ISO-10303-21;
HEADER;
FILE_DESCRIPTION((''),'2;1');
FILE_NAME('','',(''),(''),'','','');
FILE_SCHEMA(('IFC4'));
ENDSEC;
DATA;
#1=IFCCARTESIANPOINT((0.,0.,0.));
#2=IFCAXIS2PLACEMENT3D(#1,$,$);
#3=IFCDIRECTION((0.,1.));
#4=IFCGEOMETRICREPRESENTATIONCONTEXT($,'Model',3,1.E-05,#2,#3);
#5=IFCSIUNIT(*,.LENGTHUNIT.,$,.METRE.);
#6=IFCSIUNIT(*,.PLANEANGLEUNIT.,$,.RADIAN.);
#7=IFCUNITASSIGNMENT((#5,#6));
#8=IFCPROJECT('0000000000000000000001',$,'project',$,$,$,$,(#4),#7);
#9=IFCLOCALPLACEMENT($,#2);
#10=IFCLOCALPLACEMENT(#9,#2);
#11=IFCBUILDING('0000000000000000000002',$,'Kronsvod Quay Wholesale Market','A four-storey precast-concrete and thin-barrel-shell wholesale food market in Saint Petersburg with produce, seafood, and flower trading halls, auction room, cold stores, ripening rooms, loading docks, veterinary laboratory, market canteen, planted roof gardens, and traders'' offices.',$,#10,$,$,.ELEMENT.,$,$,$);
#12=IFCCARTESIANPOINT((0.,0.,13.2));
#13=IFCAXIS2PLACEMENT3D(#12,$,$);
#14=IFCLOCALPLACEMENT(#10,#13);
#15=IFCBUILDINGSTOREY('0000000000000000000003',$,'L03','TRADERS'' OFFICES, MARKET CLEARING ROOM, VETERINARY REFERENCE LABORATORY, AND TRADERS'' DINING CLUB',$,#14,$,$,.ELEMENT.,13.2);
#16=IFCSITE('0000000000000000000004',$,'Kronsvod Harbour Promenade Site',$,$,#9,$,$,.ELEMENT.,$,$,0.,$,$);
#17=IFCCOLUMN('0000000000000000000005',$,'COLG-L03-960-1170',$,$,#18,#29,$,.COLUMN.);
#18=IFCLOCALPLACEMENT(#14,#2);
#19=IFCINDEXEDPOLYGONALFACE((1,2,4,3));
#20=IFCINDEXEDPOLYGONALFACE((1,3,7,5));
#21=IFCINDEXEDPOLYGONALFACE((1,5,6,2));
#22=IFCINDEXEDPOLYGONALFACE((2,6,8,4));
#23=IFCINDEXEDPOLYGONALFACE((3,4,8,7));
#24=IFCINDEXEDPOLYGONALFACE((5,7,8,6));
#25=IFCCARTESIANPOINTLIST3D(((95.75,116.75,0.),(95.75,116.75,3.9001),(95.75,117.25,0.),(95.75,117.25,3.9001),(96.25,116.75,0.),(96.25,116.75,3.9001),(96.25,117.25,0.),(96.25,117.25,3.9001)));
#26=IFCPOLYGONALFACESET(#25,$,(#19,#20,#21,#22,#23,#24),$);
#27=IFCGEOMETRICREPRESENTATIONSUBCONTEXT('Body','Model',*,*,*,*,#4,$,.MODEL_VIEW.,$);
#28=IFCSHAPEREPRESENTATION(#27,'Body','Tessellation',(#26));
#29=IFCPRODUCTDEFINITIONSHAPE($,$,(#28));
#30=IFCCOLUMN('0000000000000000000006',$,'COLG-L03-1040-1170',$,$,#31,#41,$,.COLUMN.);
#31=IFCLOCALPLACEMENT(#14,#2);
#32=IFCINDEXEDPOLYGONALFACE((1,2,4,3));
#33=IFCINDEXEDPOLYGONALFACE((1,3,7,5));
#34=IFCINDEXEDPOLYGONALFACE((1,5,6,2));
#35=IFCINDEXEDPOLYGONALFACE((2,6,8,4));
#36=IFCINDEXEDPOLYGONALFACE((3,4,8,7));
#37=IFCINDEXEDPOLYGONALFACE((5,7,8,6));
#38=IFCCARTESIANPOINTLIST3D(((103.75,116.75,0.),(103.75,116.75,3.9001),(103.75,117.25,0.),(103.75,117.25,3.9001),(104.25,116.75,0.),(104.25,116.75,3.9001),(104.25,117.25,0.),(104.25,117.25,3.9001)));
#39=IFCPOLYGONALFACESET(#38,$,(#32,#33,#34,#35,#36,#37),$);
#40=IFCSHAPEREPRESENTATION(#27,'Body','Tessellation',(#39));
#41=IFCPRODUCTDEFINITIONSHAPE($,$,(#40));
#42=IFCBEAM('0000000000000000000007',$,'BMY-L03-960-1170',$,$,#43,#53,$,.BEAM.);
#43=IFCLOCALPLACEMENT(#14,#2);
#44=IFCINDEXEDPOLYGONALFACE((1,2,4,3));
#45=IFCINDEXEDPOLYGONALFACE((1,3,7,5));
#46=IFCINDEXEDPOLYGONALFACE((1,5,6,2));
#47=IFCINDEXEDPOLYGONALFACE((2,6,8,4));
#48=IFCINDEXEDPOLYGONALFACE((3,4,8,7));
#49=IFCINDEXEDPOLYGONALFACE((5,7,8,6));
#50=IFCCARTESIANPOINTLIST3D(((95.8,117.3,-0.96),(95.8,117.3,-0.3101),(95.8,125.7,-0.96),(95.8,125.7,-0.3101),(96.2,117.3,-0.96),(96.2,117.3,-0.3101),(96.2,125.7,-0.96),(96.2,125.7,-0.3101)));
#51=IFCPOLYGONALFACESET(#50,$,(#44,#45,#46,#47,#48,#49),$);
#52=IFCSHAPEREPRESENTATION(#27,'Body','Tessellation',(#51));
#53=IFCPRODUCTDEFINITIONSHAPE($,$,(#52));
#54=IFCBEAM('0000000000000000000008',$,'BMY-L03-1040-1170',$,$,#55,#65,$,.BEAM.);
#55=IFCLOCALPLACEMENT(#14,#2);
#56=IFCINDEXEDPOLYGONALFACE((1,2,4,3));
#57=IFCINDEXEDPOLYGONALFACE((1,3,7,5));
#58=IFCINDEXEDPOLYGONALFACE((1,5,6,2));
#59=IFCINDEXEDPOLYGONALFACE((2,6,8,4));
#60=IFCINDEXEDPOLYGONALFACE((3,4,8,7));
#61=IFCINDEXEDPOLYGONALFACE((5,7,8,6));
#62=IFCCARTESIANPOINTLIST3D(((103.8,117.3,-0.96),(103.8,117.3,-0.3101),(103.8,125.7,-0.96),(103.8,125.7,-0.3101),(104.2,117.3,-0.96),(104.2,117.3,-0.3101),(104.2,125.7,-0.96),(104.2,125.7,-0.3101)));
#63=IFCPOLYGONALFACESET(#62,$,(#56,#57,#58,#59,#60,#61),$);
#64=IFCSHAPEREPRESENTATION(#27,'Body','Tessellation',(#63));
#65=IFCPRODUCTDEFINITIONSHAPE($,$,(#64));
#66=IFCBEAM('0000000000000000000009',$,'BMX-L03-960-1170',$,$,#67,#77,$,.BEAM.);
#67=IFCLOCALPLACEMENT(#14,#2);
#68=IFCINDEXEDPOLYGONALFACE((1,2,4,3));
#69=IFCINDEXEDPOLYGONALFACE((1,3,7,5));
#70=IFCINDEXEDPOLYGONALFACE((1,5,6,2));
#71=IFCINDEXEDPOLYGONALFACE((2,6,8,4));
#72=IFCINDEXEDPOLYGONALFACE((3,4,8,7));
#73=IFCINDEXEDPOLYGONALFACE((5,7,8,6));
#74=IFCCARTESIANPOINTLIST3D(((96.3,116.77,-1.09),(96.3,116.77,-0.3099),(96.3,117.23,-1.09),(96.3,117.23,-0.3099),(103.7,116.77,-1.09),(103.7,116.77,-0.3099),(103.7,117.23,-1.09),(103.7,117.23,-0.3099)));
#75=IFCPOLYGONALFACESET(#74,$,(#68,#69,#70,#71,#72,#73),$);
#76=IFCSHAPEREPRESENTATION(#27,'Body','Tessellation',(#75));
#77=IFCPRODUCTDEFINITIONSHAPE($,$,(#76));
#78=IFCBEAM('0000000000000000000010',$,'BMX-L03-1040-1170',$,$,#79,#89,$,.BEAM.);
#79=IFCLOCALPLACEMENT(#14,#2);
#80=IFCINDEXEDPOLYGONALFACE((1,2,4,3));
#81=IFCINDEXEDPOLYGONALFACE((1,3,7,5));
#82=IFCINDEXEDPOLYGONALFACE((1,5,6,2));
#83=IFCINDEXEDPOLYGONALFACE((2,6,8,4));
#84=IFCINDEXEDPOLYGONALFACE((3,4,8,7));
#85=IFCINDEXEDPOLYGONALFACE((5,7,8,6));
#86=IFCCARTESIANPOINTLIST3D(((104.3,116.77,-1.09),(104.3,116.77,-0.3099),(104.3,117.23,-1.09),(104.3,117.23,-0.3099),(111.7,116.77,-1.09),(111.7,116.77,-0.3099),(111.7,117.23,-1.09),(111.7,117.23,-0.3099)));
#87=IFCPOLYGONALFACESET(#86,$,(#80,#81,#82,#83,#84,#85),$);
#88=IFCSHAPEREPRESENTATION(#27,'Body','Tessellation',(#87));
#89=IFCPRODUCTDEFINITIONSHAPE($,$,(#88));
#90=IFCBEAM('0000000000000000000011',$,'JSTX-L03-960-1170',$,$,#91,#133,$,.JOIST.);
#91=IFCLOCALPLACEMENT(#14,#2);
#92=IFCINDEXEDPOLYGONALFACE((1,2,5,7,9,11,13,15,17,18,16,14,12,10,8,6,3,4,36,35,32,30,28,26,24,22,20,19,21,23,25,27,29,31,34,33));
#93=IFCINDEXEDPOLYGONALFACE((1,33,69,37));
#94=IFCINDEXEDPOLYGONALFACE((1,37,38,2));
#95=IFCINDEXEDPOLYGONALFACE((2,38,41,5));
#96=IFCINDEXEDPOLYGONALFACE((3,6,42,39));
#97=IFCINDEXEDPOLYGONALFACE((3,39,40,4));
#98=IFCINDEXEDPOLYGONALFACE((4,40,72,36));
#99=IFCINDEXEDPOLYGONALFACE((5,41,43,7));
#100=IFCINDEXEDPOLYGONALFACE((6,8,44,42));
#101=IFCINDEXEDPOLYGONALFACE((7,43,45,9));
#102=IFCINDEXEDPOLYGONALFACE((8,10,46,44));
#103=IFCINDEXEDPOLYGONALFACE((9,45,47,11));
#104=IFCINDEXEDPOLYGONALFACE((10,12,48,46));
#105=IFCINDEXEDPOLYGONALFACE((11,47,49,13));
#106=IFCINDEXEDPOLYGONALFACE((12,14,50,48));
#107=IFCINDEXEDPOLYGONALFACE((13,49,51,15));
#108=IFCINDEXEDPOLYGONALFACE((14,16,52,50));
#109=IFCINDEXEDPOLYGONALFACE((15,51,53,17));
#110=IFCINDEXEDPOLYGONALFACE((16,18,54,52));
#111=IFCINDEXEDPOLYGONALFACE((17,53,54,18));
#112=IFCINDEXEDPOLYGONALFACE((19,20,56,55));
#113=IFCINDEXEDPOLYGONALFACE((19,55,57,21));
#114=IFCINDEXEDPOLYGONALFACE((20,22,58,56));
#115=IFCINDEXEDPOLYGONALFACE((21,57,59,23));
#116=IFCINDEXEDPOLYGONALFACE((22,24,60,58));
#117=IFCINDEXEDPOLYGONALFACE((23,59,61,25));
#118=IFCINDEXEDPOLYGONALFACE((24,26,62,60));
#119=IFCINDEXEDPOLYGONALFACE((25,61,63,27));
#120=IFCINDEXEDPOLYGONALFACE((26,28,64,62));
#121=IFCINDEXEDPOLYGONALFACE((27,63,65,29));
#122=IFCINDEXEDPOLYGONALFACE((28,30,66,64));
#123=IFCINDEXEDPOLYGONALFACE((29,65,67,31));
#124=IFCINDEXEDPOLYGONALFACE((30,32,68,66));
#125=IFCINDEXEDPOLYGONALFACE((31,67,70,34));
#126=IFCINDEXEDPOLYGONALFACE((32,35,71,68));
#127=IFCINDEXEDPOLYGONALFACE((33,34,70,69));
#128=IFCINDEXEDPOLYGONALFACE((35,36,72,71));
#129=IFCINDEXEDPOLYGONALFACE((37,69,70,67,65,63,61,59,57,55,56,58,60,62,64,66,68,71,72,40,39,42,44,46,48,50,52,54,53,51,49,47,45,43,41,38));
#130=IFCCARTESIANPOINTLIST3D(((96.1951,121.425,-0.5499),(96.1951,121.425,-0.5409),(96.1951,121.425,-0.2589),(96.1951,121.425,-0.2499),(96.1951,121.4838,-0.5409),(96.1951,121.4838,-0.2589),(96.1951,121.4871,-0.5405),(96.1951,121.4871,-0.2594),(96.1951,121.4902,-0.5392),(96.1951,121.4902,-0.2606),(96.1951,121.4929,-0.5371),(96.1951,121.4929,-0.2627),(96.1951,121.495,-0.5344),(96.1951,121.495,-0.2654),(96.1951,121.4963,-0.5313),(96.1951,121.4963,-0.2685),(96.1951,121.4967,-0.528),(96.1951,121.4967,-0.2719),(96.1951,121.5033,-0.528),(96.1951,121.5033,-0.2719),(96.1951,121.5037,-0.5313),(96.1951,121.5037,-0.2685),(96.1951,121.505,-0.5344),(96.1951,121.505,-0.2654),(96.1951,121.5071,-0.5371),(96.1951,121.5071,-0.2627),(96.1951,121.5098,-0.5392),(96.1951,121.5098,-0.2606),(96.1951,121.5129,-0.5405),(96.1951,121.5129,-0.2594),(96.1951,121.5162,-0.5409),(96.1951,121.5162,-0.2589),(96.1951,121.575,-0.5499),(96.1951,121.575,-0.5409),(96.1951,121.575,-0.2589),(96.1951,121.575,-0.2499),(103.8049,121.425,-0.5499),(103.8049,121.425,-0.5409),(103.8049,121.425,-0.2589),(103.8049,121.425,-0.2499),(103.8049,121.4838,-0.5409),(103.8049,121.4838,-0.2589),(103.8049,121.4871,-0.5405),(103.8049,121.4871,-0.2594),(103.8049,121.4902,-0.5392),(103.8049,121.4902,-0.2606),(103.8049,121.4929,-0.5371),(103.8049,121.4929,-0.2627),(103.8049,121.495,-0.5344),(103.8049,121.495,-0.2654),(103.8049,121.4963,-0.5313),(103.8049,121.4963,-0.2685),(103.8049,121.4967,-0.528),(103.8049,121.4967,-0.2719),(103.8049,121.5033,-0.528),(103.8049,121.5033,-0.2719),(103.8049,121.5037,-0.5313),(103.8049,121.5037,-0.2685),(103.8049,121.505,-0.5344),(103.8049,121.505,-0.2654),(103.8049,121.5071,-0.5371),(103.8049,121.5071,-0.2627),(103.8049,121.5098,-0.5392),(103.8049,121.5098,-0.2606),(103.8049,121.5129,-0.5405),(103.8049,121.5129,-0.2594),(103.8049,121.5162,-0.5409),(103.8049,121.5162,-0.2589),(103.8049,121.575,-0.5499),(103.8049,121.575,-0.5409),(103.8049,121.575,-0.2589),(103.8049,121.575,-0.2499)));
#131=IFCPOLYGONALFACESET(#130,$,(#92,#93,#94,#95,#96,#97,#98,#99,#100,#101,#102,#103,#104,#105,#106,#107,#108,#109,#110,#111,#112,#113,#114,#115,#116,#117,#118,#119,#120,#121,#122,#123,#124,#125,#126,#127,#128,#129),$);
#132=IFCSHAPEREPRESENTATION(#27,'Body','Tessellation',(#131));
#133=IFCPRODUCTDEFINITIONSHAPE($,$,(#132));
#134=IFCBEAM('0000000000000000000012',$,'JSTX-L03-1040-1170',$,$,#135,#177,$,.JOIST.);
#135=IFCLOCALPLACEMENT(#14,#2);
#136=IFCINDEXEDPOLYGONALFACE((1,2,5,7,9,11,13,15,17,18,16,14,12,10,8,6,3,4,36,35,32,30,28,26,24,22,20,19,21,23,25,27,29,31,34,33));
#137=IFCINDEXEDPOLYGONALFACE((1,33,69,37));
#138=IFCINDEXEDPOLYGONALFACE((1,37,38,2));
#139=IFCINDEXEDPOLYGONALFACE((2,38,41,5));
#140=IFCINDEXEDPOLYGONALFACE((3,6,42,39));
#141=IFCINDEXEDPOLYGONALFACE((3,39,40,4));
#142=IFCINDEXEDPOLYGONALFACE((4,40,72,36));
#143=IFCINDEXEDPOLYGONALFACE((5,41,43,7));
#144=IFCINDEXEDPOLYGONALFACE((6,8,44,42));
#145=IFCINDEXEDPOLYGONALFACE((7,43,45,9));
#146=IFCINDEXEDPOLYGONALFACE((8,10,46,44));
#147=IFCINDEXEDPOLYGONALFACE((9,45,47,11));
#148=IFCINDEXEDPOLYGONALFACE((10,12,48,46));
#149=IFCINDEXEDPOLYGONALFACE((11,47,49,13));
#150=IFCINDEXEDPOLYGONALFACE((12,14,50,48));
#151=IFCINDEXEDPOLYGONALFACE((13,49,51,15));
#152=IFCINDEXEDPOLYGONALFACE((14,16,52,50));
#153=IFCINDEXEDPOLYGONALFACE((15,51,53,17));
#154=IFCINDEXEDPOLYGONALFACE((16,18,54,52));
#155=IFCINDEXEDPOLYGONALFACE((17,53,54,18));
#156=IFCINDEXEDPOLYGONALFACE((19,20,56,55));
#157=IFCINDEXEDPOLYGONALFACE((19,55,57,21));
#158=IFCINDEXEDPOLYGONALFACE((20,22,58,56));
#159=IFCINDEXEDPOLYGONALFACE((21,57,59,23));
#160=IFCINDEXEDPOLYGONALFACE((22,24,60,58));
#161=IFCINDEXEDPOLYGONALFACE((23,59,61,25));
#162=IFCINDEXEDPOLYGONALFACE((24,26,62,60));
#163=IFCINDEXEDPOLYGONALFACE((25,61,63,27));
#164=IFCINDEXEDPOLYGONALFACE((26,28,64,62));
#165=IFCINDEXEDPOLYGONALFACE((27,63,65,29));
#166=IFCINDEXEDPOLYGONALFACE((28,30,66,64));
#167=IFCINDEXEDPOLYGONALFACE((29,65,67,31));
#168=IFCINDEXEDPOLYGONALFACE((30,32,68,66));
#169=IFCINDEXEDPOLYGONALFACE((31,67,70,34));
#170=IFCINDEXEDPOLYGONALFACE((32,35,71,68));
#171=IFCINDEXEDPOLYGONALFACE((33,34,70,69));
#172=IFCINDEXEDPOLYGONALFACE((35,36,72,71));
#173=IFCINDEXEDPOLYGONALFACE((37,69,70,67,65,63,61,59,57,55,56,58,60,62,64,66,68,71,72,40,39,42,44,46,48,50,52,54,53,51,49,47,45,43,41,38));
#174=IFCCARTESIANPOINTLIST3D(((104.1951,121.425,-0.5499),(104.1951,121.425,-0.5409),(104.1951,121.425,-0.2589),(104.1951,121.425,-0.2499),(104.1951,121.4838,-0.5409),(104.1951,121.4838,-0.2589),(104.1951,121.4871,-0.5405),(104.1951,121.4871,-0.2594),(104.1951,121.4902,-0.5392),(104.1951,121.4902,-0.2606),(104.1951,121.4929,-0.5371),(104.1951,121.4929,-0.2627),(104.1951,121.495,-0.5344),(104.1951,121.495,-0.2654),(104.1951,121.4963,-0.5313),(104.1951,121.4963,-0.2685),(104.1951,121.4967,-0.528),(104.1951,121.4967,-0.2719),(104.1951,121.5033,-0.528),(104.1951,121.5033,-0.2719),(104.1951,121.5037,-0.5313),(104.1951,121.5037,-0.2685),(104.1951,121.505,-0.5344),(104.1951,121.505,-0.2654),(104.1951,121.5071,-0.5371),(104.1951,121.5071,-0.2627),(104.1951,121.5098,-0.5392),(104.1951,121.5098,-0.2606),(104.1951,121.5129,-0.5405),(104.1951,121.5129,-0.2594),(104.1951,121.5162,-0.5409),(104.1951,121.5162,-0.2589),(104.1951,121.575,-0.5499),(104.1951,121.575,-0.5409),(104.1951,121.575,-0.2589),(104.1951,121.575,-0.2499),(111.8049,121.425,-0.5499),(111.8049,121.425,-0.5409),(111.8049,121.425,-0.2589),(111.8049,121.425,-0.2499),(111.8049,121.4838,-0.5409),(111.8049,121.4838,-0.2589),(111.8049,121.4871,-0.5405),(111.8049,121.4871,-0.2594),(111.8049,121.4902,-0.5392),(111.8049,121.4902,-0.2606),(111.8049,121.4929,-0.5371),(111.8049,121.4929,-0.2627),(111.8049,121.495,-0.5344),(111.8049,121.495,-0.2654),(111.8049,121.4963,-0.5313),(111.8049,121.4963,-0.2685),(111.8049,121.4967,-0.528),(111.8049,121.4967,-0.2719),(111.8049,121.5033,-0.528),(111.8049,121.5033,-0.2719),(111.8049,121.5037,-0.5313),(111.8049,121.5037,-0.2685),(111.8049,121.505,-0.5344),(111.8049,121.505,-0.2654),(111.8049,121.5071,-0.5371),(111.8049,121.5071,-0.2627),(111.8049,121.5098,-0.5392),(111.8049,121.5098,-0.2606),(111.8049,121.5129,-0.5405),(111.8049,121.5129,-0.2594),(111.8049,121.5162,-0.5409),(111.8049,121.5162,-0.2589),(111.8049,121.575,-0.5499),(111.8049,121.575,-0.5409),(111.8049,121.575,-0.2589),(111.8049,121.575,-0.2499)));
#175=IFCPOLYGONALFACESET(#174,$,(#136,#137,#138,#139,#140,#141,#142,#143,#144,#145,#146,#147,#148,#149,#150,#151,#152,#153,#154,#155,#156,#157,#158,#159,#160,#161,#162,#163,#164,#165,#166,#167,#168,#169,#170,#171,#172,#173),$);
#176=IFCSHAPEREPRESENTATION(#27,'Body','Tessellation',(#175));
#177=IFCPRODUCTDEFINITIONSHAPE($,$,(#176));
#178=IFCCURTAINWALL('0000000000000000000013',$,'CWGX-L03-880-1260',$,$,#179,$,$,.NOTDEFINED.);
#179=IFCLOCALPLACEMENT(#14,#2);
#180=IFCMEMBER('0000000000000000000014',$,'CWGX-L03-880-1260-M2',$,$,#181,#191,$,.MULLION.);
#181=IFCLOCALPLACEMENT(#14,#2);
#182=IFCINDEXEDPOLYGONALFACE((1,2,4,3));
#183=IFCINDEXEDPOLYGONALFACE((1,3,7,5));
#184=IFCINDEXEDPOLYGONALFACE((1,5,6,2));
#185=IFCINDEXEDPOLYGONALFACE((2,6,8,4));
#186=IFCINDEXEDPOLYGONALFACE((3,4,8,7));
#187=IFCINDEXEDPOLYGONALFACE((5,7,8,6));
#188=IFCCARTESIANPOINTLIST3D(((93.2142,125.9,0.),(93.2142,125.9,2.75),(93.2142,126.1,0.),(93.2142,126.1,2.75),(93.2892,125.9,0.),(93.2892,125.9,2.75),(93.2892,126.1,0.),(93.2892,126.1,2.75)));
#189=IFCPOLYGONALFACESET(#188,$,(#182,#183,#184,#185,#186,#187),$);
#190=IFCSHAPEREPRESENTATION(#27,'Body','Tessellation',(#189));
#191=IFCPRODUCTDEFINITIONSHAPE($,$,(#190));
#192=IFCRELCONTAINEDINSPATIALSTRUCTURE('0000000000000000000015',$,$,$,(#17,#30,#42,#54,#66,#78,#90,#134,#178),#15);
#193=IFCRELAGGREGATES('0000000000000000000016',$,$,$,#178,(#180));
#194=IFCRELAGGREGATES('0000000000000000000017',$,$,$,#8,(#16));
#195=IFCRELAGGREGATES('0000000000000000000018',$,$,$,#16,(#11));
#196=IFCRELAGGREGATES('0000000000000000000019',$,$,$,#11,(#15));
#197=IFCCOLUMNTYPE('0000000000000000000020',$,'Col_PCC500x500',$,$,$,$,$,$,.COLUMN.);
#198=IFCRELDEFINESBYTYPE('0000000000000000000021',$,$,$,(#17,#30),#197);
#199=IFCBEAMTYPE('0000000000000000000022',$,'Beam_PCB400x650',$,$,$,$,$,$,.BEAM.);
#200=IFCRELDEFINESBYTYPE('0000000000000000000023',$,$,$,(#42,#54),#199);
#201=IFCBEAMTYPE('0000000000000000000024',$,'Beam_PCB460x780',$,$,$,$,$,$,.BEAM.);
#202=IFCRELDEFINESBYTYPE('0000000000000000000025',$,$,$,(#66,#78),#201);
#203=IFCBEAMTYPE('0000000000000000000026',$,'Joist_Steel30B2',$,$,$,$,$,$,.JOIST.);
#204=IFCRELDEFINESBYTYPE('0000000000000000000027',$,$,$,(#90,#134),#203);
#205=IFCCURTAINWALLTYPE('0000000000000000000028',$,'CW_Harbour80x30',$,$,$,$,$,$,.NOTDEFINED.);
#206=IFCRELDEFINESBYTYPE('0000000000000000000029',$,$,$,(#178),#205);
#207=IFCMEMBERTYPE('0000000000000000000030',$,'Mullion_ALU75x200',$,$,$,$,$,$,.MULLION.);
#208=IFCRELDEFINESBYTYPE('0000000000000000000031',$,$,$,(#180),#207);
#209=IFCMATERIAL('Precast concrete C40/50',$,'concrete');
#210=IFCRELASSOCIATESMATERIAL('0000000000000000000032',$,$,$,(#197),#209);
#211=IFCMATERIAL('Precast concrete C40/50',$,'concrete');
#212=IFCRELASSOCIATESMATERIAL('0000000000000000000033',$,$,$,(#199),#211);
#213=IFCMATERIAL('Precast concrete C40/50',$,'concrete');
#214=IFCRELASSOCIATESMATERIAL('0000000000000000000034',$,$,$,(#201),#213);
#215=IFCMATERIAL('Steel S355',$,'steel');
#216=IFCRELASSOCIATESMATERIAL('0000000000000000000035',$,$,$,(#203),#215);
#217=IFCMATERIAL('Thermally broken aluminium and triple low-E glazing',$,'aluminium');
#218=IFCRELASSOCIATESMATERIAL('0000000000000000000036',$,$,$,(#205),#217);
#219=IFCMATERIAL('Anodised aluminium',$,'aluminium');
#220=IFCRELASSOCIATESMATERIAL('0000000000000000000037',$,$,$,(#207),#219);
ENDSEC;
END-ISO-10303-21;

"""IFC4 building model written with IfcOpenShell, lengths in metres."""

from ifc_helpers import new_model, si_unit, direction, frame, origin, origin_2d, place, context, subcontext, project, spatial, rectangle, i_section, extrude, material, material_profile, profile_set, type_object, element, aggregate, save


model = new_model("IFC4")

# Units and contexts
model_context = context("Model", 3, precision=1e-05, world=origin(), true_north=direction((0.0, 1.0)))
body_context = subcontext(model_context, "Body", "Model", "MODEL_VIEW")
ifc_project = project(units=[si_unit("LENGTHUNIT", "METRE"), si_unit("PLANEANGLEUNIT", "RADIAN")], contexts=[model_context])

# Site, building, storey
site_placement = place(None, origin())
site = spatial("IfcSite", under=ifc_project, at=site_placement, Name="Kronsvod Harbour Promenade Site", CompositionType="ELEMENT", RefElevation=0.0)
building_placement = place(site_placement, origin())
building = spatial("IfcBuilding", under=site, at=building_placement, Name="Kronsvod Quay Wholesale Market", Description="A four-storey precast-concrete and thin-barrel-shell wholesale food market in Saint Petersburg with produce, seafood, and flower trading halls, auction room, cold stores, ripening rooms, loading docks, veterinary laboratory, market canteen, planted roof gardens, and traders' offices.", CompositionType="ELEMENT")
storey_placement = place(building_placement, frame((0.0, 0.0, 13.2)))
storey = spatial("IfcBuildingStorey", under=building, at=storey_placement, Name="L03", Description="TRADERS' OFFICES, MARKET CLEARING ROOM, VETERINARY REFERENCE LABORATORY, AND TRADERS' DINING CLUB", CompositionType="ELEMENT", Elevation=13.2)

# Columns
ifc_material_1 = material(Name="Precast concrete C40/50", Category="concrete")
ifc_material_profile_1 = material_profile(ifc_material_1, rectangle(XDim=0.5, YDim=0.5, at=origin_2d()), Name="PCC500x500")
ifc_profile_set_1 = profile_set([ifc_material_profile_1], Name="Precast concrete C40/50")
column_type = type_object("IfcColumnType", Name="Col_PCC500x500", PredefinedType="COLUMN", material=ifc_profile_set_1)
for number, where, z_axis, x_axis, name in (
    (1, (96.0, 117.0, 0.0), (0.0, 0.0, 1.0), (1.0, 0.0, 0.0), "COLG-L03-960-1170"),
    (2, (104.0, 117.0, 0.0), (0.0, 0.0, 1.0), (1.0, 0.0, 0.0), "COLG-L03-1040-1170"),
):
    element("IfcColumn", number, at=place(storey_placement, frame(where, z_axis=z_axis, x_axis=x_axis)), inside=storey, type_object=column_type, Name=name, PredefinedType="COLUMN", context=body_context, shape_type="SweptSolid", body=[
        extrude(rectangle(XDim=0.5, YDim=0.5, at=origin_2d()), origin(), (0.0, 0.0, 1.0), 3.9001),
    ])

# Beams
ifc_material_2 = material(Name="Precast concrete C40/50", Category="concrete")
ifc_material_profile_2 = material_profile(ifc_material_2, rectangle(XDim=0.3999, YDim=0.6499, at=origin_2d()), Name="PCB400x650")
ifc_profile_set_2 = profile_set([ifc_material_profile_2], Name="Precast concrete C40/50")
beam_type_1 = type_object("IfcBeamType", Name="Beam_PCB400x650", PredefinedType="BEAM", material=ifc_profile_set_2)
for number, where, z_axis, x_axis, name in (
    (3, (96.0, 117.3, -0.635), (0.0, 1.0, 0.0), (-1.0, 0.0, 0.0), "BMY-L03-960-1170"),
    (4, (104.0, 117.3, -0.635), (0.0, 1.0, 0.0), (-1.0, 0.0, 0.0), "BMY-L03-1040-1170"),
):
    element("IfcBeam", number, at=place(storey_placement, frame(where, z_axis=z_axis, x_axis=x_axis)), inside=storey, type_object=beam_type_1, Name=name, PredefinedType="BEAM", context=body_context, shape_type="SweptSolid", body=[
        extrude(rectangle(XDim=0.3999, YDim=0.6499, at=origin_2d()), origin(), (0.0, 0.0, 1.0), 8.3999),
    ])
ifc_material_3 = material(Name="Precast concrete C40/50", Category="concrete")
ifc_material_profile_3 = material_profile(ifc_material_3, rectangle(XDim=0.46, YDim=0.78, at=origin_2d()), Name="PB-03")
ifc_profile_set_3 = profile_set([ifc_material_profile_3], Name="Precast concrete C40/50")
beam_type_2 = type_object("IfcBeamType", Name="Beam_PCB460x780", PredefinedType="BEAM", material=ifc_profile_set_3)
for number, where, z_axis, x_axis, name in (
    (5, (96.3, 117.0, -0.7), (1.0, 0.0, 0.0), (0.0, 1.0, 0.0), "BMX-L03-960-1170"),
    (6, (104.3, 117.0, -0.7), (1.0, 0.0, 0.0), (0.0, 1.0, 0.0), "BMX-L03-1040-1170"),
):
    element("IfcBeam", number, at=place(storey_placement, frame(where, z_axis=z_axis, x_axis=x_axis)), inside=storey, type_object=beam_type_2, Name=name, PredefinedType="BEAM", context=body_context, shape_type="SweptSolid", body=[
        extrude(rectangle(XDim=0.46, YDim=0.78, at=origin_2d()), origin(), (0.0, 0.0, 1.0), 7.3999),
    ])
ifc_material_4 = material(Name="Steel S355", Category="steel")
ifc_material_profile_4 = material_profile(ifc_material_4, i_section(OverallWidth=0.1499, OverallDepth=0.3, WebThickness=0.0066, FlangeThickness=0.009, FilletRadius=0.0129, at=origin_2d()), Name="30B2")
ifc_profile_set_4 = profile_set([ifc_material_profile_4], Name="Steel S355")
beam_type_3 = type_object("IfcBeamType", Name="Joist_Steel30B2", PredefinedType="JOIST", material=ifc_profile_set_4)
for number, where, z_axis, x_axis, name in (
    (7, (96.1951, 121.5, -0.3999), (1.0, 0.0, 0.0), (0.0, 1.0, 0.0), "JSTX-L03-960-1170"),
    (8, (104.1951, 121.5, -0.3999), (1.0, 0.0, 0.0), (0.0, 1.0, 0.0), "JSTX-L03-1040-1170"),
):
    element("IfcBeam", number, at=place(storey_placement, frame(where, z_axis=z_axis, x_axis=x_axis)), inside=storey, type_object=beam_type_3, Name=name, PredefinedType="JOIST", context=body_context, shape_type="SweptSolid", body=[
        extrude(i_section(OverallWidth=0.1499, OverallDepth=0.3, WebThickness=0.0066, FlangeThickness=0.009, FilletRadius=0.0129, at=origin_2d()), origin(), (0.0, 0.0, 1.0), 7.6099),
    ])

# Curtain wall, member
ifc_material_5 = material(Name="Thermally broken aluminium and triple low-E glazing", Category="aluminium")
curtain_wall_type = type_object("IfcCurtainWallType", Name="CW_Harbour80x30", PredefinedType="NOTDEFINED", material=ifc_material_5)
curtain_wall_placement = place(storey_placement, origin())
curtain_wall = element("IfcCurtainWall", 9, at=curtain_wall_placement, inside=storey, type_object=curtain_wall_type, Name="CWGX-L03-880-1260", PredefinedType="NOTDEFINED")
ifc_material_6 = material(Name="Anodised aluminium", Category="aluminium")
ifc_material_profile_5 = material_profile(ifc_material_6, rectangle(XDim=0.075, YDim=0.2, at=origin_2d()), Name="ALUM75x200")
ifc_profile_set_5 = profile_set([ifc_material_profile_5], Name="Anodised aluminium")
member_type_1 = type_object("IfcMemberType", Name="Mullion_ALU75x200", PredefinedType="MULLION", material=ifc_profile_set_5)
member_1_placement = place(storey_placement, frame((93.2517, 126.0, 0.0), z_axis=(0.0, 0.0, 1.0), x_axis=(1.0, 0.0, 0.0)))
member_1 = element("IfcMember", 10, at=member_1_placement, type_object=member_type_1, Name="CWGX-L03-880-1260-M2", PredefinedType="MULLION", context=body_context, shape_type="SweptSolid", body=[
    extrude(rectangle(XDim=0.075, YDim=0.2, at=origin_2d()), origin(), (0.0, 0.0, 1.0), 2.75),
])
aggregate(curtain_wall, [member_1])

save(model, "model.ifc")
